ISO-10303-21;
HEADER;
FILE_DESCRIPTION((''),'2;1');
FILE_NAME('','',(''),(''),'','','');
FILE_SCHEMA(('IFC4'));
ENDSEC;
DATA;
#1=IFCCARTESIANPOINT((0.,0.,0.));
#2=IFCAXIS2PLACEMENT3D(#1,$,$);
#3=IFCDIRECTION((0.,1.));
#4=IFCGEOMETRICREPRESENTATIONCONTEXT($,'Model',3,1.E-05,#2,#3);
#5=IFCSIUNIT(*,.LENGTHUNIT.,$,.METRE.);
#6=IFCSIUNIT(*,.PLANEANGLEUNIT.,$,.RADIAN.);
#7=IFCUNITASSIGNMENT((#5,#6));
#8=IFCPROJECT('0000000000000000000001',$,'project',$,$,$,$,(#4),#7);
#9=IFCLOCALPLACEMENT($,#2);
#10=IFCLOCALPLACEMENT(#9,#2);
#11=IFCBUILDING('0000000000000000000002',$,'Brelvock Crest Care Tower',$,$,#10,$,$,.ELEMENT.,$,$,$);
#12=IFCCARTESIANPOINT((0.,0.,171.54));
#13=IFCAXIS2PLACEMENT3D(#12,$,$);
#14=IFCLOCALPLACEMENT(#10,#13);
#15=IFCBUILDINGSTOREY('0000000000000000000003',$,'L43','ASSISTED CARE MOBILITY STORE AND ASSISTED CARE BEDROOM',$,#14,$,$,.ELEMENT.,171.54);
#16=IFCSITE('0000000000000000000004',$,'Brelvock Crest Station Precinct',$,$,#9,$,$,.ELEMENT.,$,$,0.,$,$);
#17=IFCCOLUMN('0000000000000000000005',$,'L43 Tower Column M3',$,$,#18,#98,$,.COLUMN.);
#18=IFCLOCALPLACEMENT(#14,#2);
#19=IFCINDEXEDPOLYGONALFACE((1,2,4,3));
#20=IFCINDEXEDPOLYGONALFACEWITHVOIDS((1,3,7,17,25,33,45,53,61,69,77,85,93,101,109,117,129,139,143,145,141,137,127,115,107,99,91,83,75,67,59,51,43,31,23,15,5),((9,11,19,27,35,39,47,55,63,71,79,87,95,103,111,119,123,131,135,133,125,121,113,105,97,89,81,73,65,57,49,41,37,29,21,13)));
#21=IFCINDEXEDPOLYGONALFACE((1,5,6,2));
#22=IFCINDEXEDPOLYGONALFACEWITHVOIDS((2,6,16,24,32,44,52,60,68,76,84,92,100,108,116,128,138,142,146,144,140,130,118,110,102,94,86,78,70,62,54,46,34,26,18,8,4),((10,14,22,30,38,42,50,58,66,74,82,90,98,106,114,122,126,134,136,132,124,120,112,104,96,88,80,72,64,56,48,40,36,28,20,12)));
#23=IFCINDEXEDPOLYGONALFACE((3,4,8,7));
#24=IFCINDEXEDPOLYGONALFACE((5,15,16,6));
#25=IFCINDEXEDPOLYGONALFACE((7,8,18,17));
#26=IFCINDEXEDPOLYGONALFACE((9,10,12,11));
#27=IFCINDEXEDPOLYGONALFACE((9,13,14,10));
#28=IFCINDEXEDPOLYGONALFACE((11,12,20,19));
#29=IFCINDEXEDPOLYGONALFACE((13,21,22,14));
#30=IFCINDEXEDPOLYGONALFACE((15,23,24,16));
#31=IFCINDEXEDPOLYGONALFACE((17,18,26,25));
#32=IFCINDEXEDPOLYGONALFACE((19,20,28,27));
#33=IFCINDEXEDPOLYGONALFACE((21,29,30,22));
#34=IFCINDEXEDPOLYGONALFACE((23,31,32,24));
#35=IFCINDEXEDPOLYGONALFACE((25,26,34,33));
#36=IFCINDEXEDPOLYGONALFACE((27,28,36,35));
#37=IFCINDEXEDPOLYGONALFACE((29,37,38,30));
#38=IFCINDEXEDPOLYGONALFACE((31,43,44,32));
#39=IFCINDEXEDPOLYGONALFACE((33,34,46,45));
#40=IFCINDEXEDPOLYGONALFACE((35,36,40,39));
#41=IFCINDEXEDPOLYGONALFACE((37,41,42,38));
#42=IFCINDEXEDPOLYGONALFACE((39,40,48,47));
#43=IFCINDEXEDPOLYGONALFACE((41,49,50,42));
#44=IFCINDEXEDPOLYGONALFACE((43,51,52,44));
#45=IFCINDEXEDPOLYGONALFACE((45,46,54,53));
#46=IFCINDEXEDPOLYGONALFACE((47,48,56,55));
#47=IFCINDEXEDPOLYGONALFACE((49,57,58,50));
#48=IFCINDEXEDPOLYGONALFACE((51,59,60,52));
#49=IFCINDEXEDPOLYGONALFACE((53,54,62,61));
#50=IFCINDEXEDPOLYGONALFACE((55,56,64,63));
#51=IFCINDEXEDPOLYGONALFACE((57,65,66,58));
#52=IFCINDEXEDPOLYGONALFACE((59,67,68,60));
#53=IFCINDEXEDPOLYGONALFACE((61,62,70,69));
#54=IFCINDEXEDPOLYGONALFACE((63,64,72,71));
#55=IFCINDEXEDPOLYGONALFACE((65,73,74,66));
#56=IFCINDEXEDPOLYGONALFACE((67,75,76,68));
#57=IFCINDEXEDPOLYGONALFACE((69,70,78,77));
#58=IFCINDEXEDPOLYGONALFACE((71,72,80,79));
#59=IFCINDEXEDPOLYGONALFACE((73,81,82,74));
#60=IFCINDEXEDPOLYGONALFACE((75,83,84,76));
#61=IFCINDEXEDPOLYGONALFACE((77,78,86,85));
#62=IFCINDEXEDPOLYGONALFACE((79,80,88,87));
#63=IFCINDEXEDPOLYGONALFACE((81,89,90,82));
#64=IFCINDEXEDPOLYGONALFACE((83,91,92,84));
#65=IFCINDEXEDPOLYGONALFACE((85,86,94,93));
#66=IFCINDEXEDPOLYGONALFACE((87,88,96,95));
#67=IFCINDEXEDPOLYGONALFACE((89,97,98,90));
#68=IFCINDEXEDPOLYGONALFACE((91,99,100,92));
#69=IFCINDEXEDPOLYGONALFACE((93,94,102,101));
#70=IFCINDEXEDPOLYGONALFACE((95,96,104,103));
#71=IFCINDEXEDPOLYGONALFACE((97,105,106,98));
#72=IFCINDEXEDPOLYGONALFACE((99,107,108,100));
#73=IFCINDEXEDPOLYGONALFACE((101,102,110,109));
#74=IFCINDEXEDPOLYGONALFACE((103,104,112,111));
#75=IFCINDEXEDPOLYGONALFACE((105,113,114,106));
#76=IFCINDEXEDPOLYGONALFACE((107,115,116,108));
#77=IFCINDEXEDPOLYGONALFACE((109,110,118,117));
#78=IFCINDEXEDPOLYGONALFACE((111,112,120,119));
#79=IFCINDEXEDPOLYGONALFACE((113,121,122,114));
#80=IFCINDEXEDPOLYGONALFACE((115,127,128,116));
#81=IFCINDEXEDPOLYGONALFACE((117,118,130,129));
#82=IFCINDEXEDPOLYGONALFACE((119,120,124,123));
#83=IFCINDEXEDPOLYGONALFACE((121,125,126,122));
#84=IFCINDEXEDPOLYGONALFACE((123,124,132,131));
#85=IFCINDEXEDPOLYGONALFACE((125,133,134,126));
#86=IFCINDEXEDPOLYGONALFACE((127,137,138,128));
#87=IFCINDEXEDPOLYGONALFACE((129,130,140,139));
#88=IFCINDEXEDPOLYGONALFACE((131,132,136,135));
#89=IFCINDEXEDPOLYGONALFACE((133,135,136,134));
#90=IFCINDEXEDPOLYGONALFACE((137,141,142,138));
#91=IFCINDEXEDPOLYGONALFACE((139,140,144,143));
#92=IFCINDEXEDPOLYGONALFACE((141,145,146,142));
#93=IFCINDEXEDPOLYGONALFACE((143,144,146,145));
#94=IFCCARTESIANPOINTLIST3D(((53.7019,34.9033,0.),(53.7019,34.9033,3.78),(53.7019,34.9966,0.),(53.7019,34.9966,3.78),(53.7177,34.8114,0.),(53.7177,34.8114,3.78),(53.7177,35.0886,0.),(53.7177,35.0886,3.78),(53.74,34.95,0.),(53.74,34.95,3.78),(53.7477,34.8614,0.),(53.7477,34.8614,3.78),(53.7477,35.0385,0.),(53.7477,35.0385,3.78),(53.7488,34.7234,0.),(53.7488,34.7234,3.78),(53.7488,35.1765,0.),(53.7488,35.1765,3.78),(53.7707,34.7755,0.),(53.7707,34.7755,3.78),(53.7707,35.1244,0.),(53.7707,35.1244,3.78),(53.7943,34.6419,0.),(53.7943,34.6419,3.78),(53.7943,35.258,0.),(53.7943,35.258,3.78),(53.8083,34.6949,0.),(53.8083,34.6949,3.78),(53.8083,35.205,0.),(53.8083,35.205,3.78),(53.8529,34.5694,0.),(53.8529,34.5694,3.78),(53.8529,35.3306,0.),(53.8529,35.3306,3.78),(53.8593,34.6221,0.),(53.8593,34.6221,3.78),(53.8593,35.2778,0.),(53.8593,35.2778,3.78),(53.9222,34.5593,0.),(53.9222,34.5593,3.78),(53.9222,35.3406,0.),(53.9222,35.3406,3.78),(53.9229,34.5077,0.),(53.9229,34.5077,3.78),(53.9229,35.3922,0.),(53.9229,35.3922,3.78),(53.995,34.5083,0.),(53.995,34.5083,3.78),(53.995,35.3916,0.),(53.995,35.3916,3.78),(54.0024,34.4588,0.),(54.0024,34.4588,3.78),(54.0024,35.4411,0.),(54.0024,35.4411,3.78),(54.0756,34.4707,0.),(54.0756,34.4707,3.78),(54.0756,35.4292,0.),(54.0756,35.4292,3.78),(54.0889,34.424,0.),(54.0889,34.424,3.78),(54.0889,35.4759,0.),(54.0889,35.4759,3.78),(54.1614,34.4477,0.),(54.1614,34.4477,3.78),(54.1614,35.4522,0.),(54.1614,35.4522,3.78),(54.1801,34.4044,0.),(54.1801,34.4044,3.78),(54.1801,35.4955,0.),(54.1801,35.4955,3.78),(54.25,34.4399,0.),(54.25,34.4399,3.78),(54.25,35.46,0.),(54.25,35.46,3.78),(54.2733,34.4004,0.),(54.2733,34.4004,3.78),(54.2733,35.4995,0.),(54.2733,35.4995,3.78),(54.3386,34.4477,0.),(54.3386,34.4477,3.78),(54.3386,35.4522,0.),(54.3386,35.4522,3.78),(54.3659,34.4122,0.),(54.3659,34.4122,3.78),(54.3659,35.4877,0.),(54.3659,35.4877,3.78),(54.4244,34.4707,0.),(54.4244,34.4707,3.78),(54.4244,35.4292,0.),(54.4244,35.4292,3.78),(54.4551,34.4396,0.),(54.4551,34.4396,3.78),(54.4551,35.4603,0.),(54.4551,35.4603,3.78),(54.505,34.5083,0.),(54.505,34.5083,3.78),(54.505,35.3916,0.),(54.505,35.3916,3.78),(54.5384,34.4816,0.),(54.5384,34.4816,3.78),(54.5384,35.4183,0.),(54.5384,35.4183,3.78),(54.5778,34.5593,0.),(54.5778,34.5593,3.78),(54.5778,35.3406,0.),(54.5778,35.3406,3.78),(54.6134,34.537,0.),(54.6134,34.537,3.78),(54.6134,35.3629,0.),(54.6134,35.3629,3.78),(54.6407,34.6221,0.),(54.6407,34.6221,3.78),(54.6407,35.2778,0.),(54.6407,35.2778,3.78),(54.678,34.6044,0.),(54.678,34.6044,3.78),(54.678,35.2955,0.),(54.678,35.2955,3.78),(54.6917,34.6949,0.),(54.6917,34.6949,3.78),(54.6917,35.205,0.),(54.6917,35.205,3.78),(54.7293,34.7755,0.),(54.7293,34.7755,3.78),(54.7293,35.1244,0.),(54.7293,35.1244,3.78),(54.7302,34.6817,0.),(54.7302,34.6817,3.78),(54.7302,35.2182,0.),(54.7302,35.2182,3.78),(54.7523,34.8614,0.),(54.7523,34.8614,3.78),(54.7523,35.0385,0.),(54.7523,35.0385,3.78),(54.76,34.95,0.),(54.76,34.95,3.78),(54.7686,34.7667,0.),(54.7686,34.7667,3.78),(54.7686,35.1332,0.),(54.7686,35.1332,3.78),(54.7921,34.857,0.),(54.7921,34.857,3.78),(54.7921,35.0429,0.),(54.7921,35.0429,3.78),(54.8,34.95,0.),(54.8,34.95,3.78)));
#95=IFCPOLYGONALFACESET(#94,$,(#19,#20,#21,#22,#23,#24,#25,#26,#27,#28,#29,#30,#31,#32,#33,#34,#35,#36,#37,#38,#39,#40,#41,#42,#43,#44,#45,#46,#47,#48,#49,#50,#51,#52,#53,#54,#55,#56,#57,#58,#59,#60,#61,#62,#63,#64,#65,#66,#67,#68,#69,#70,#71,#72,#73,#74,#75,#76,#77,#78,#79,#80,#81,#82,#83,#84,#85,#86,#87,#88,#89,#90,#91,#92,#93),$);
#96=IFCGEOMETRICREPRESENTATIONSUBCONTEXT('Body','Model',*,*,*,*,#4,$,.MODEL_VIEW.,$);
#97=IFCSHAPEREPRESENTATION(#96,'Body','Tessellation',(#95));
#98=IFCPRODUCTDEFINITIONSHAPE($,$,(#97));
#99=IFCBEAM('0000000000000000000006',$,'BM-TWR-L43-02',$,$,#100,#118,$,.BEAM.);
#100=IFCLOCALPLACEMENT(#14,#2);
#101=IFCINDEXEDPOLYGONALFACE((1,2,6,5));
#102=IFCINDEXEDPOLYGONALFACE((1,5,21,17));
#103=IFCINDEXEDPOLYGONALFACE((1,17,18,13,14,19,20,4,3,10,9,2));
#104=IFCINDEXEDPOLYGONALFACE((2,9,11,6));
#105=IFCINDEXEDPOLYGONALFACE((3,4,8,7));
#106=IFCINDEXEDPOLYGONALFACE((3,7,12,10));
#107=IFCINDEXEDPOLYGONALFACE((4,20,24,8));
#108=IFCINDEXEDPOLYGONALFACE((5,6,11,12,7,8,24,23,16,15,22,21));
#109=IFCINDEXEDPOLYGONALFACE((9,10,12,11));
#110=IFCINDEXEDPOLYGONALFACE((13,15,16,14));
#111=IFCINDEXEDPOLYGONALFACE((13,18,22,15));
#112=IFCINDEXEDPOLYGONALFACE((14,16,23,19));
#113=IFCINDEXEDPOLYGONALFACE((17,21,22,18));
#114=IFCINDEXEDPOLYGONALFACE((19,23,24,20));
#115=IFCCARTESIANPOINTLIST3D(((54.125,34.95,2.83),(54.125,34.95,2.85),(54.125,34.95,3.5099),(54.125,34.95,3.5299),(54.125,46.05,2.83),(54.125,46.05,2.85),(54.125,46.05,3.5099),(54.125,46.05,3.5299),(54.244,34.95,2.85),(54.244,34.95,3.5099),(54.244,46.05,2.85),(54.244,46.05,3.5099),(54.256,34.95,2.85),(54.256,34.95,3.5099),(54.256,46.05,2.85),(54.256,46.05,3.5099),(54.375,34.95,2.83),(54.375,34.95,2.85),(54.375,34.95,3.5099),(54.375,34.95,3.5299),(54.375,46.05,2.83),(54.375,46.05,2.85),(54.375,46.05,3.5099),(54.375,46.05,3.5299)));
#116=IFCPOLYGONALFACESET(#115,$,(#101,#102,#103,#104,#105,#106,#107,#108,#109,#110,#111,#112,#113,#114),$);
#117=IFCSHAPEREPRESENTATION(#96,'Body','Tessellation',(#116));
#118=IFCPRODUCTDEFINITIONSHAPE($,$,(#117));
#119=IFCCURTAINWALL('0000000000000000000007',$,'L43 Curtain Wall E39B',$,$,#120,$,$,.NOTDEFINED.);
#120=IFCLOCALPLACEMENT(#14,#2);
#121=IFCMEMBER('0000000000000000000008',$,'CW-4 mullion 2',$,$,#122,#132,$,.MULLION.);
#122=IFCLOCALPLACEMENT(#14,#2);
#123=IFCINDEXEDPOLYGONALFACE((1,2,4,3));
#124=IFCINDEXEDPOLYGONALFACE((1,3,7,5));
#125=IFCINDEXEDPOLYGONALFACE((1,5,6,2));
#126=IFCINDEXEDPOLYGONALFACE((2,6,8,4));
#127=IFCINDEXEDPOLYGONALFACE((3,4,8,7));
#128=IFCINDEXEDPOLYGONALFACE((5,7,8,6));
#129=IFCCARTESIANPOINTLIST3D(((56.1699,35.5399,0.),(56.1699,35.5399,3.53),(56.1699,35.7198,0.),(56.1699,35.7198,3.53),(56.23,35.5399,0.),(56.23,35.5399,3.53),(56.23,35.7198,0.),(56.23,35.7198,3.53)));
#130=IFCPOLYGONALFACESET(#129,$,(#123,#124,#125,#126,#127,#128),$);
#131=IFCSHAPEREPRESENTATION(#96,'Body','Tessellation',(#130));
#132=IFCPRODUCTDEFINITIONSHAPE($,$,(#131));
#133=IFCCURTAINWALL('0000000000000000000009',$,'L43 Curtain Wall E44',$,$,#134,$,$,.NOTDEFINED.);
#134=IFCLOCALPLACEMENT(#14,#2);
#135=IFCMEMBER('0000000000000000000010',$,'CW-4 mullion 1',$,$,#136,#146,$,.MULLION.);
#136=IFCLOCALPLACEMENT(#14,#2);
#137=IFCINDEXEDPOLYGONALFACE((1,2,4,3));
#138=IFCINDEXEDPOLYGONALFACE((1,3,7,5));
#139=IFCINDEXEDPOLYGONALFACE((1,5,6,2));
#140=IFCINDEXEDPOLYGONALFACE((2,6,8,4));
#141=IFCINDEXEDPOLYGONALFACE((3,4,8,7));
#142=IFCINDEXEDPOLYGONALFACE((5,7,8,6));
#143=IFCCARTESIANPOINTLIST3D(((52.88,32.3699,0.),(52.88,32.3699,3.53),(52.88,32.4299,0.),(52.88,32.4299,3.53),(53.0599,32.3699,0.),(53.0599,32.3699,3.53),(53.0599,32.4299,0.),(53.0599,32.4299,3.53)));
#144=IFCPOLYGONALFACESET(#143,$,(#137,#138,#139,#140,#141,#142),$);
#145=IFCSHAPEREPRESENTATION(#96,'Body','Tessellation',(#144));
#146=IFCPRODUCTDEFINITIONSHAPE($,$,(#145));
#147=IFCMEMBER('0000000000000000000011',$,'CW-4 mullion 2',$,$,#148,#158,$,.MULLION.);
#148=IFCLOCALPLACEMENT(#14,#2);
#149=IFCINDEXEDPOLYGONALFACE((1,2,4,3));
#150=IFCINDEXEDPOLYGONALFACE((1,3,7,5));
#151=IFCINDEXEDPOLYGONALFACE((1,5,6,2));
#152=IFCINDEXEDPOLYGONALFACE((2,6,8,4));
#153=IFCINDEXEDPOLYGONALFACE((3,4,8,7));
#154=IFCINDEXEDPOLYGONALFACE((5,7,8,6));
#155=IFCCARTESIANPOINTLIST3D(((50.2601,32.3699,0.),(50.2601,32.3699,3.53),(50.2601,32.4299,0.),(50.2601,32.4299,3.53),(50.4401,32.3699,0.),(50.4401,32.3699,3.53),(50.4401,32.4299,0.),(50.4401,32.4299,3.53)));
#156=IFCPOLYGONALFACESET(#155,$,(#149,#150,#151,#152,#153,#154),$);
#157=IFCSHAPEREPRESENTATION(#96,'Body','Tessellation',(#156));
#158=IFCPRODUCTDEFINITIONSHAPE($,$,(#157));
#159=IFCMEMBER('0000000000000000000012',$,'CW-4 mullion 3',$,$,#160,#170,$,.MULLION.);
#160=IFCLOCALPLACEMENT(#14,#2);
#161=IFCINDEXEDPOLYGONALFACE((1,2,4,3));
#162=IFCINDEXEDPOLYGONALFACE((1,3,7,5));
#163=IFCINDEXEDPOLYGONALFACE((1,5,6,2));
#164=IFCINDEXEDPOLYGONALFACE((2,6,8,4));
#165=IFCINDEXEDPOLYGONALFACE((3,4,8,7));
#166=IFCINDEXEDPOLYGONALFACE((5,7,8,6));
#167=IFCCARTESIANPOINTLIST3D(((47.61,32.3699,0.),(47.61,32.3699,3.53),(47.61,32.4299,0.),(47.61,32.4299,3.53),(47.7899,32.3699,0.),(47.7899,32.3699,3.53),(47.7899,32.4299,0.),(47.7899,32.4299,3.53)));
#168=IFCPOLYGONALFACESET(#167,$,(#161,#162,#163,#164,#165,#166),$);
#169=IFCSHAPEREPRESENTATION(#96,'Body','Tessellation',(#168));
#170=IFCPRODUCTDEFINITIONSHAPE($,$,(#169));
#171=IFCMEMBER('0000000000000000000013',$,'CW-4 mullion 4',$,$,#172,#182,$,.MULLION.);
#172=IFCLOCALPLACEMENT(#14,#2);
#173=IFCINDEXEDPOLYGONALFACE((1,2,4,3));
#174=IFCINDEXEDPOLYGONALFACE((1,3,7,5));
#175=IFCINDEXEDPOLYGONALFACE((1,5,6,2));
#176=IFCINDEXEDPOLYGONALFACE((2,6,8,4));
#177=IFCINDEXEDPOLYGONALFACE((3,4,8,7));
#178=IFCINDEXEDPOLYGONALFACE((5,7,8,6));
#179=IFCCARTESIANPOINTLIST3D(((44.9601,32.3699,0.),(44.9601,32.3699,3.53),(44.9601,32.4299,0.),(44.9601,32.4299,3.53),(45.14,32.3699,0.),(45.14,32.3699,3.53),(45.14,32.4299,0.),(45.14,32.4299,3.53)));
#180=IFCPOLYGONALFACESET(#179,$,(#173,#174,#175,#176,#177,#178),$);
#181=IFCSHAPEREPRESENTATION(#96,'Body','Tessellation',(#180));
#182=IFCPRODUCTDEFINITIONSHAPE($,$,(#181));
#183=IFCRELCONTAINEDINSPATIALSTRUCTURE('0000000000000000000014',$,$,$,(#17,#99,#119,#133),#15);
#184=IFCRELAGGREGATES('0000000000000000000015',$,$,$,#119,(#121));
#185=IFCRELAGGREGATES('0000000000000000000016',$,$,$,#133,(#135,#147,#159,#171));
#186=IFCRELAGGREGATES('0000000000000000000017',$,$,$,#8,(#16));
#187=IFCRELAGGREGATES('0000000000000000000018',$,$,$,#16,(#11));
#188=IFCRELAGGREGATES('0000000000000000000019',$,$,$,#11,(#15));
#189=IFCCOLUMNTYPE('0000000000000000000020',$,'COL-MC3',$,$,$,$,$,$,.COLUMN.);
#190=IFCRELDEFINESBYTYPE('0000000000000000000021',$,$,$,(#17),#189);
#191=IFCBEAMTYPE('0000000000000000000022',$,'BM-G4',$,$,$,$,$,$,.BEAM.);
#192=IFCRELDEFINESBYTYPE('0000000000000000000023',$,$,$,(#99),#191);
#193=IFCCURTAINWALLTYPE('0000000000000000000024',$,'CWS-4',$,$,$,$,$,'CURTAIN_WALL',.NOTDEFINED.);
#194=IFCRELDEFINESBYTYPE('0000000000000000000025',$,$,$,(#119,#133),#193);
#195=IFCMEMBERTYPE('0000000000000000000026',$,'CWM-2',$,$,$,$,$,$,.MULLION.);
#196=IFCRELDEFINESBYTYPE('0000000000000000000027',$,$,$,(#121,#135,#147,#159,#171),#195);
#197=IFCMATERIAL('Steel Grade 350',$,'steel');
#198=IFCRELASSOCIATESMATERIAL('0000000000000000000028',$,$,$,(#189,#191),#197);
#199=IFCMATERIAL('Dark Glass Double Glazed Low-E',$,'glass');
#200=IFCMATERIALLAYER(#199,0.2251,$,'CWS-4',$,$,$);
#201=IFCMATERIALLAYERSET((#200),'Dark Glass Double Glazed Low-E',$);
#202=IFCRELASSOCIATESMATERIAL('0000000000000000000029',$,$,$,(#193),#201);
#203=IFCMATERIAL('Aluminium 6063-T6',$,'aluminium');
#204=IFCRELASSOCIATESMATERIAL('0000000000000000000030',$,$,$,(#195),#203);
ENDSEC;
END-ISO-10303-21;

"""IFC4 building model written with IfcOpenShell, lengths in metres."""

from ifc_helpers import new_model, si_unit, direction, frame, origin, origin_2d, place, context, subcontext, project, spatial, rectangle, hollow_circle, i_section, extrude, source, transform, mapped, material, layer, layer_set, material_profile, profile_set, type_object, element, aggregate, save


model = new_model("IFC4")

# Units and contexts
model_context = context("Model", 3, precision=1e-05, world=origin(), true_north=direction((0.0, 1.0)))
body_context = subcontext(model_context, "Body", "Model", "MODEL_VIEW")
ifc_project = project(units=[si_unit("LENGTHUNIT", "METRE"), si_unit("PLANEANGLEUNIT", "RADIAN")], contexts=[model_context])

# Site, building, storey
site_placement = place(None, origin())
site = spatial("IfcSite", under=ifc_project, at=site_placement, Name="Brelvock Crest Station Precinct", CompositionType="ELEMENT", RefElevation=0.0)
building_placement = place(site_placement, origin())
building = spatial("IfcBuilding", under=site, at=building_placement, Name="Brelvock Crest Care Tower", CompositionType="ELEMENT")
storey_placement = place(building_placement, frame((0.0, 0.0, 171.54)))
storey = spatial("IfcBuildingStorey", under=building, at=storey_placement, Name="L43", Description="ASSISTED CARE MOBILITY STORE AND ASSISTED CARE BEDROOM", CompositionType="ELEMENT", Elevation=171.54)

# Column
ifc_material_1 = material(Name="Steel Grade 350", Category="steel")
ifc_material_profile_1 = material_profile(ifc_material_1, hollow_circle(Radius=0.55, WallThickness=0.04, at=origin_2d()), Name="CFT1100x40")
ifc_profile_set_1 = profile_set([ifc_material_profile_1], Name="Steel Grade 350")
column_type = type_object("IfcColumnType", Name="COL-MC3", PredefinedType="COLUMN", material=ifc_profile_set_1)
shared_shape_1 = source(origin(), body_context, "Body", "SweptSolid", [
    extrude(hollow_circle(Radius=0.55, WallThickness=0.04, at=origin_2d()), origin(), (0.0, 0.0, 1.0), 3.78),
])
column_placement = place(storey_placement, frame((54.25, 34.95, 0.0), z_axis=(0.0, 0.0, 1.0), x_axis=(1.0, 0.0, 0.0)))
element("IfcColumn", 1, at=column_placement, inside=storey, type_object=column_type, Name="L43 Tower Column M3", PredefinedType="COLUMN", context=body_context, shape_type="MappedRepresentation", body=[
    mapped(shared_shape_1, transform((0.0, 0.0, 0.0), x_axis=(1.0, 0.0, 0.0), y_axis=(0.0, 1.0, 0.0), z_axis=(0.0, 0.0, 1.0), scale=1.0)),
])

# Beam
ifc_material_profile_2 = material_profile(ifc_material_1, i_section(OverallWidth=0.25, OverallDepth=0.7, WebThickness=0.012, FlangeThickness=0.02, at=origin_2d()), Name="700WB150")
ifc_profile_set_2 = profile_set([ifc_material_profile_2], Name="Steel Grade 350")
beam_type = type_object("IfcBeamType", Name="BM-G4", PredefinedType="BEAM", material=ifc_profile_set_2)
shared_shape_2 = source(origin(), body_context, "Body", "SweptSolid", [
    extrude(i_section(OverallWidth=0.25, OverallDepth=0.7, WebThickness=0.012, FlangeThickness=0.02, at=origin_2d()), origin(), (0.0, 0.0, 1.0), 11.1001),
])
beam_placement = place(storey_placement, frame((54.25, 34.95, 3.1799), z_axis=(0.0, 1.0, 0.0), x_axis=(-1.0, 0.0, 0.0)))
element("IfcBeam", 2, at=beam_placement, inside=storey, type_object=beam_type, Name="BM-TWR-L43-02", PredefinedType="BEAM", context=body_context, shape_type="MappedRepresentation", body=[
    mapped(shared_shape_2, transform((0.0, 0.0, 0.0), x_axis=(1.0, 0.0, 0.0), y_axis=(0.0, 1.0, 0.0), z_axis=(0.0, 0.0, 1.0), scale=1.0)),
])

# Curtain wall, member
ifc_material_2 = material(Name="Dark Glass Double Glazed Low-E", Category="glass")
ifc_layer_1 = layer(ifc_material_2, 0.2251, Name="CWS-4")
ifc_layer_set_1 = layer_set([ifc_layer_1], Name="Dark Glass Double Glazed Low-E")
curtain_wall_type = type_object("IfcCurtainWallType", Name="CWS-4", ElementType="CURTAIN_WALL", PredefinedType="NOTDEFINED", material=ifc_layer_set_1)
curtain_wall_1_placement = place(storey_placement, origin())
curtain_wall_1 = element("IfcCurtainWall", 3, at=curtain_wall_1_placement, inside=storey, type_object=curtain_wall_type, Name="L43 Curtain Wall E39B", PredefinedType="NOTDEFINED")
ifc_material_3 = material(Name="Aluminium 6063-T6", Category="aluminium")
ifc_material_profile_3 = material_profile(ifc_material_3, rectangle(XDim=0.0601, YDim=0.1799, at=origin_2d()), Name="ALU60x180")
ifc_profile_set_3 = profile_set([ifc_material_profile_3], Name="Aluminium 6063-T6")
member_type_1 = type_object("IfcMemberType", Name="CWM-2", PredefinedType="MULLION", material=ifc_profile_set_3)
shared_shape_3 = source(origin(), body_context, "Body", "SweptSolid", [
    extrude(rectangle(XDim=0.0601, YDim=0.1799, at=origin_2d()), origin(), (0.0, 0.0, 1.0), 3.53),
])
member_1_placement = place(storey_placement, frame((56.2, 35.6299, 0.0), z_axis=(0.0, 0.0, 1.0), x_axis=(1.0, 0.0, 0.0)))
member_1 = element("IfcMember", 4, at=member_1_placement, type_object=member_type_1, Name="CW-4 mullion 2", PredefinedType="MULLION", context=body_context, shape_type="MappedRepresentation", body=[
    mapped(shared_shape_3, transform((0.0, 0.0, 0.0), x_axis=(1.0, 0.0, 0.0), y_axis=(0.0, 1.0, 0.0), z_axis=(0.0, 0.0, 1.0), scale=1.0)),
])
aggregate(curtain_wall_1, [member_1])

# Curtain wall, members
curtain_wall_2_placement = place(storey_placement, origin())
curtain_wall_2 = element("IfcCurtainWall", 5, at=curtain_wall_2_placement, inside=storey, type_object=curtain_wall_type, Name="L43 Curtain Wall E44", PredefinedType="NOTDEFINED")
member_2_placement = place(storey_placement, frame((52.97, 32.3999, 0.0), z_axis=(0.0, 0.0, 1.0), x_axis=(0.0, -1.0, 0.0)))
member_2 = element("IfcMember", 6, at=member_2_placement, type_object=member_type_1, Name="CW-4 mullion 1", PredefinedType="MULLION", context=body_context, shape_type="MappedRepresentation", body=[
    mapped(shared_shape_3, transform((0.0, 0.0, 0.0), x_axis=(1.0, 0.0, 0.0), y_axis=(0.0, 1.0, 0.0), z_axis=(0.0, 0.0, 1.0), scale=1.0)),
])
member_3_placement = place(storey_placement, frame((50.3501, 32.3999, 0.0), z_axis=(0.0, 0.0, 1.0), x_axis=(0.0, -1.0, 0.0)))
member_3 = element("IfcMember", 7, at=member_3_placement, type_object=member_type_1, Name="CW-4 mullion 2", PredefinedType="MULLION", context=body_context, shape_type="MappedRepresentation", body=[
    mapped(shared_shape_3, transform((0.0, 0.0, 0.0), x_axis=(1.0, 0.0, 0.0), y_axis=(0.0, 1.0, 0.0), z_axis=(0.0, 0.0, 1.0), scale=1.0)),
])
member_4_placement = place(storey_placement, frame((47.7, 32.3999, 0.0), z_axis=(0.0, 0.0, 1.0), x_axis=(0.0, -1.0, 0.0)))
member_4 = element("IfcMember", 8, at=member_4_placement, type_object=member_type_1, Name="CW-4 mullion 3", PredefinedType="MULLION", context=body_context, shape_type="MappedRepresentation", body=[
    mapped(shared_shape_3, transform((0.0, 0.0, 0.0), x_axis=(1.0, 0.0, 0.0), y_axis=(0.0, 1.0, 0.0), z_axis=(0.0, 0.0, 1.0), scale=1.0)),
])
member_5_placement = place(storey_placement, frame((45.05, 32.3999, 0.0), z_axis=(0.0, 0.0, 1.0), x_axis=(0.0, -1.0, 0.0)))
member_5 = element("IfcMember", 9, at=member_5_placement, type_object=member_type_1, Name="CW-4 mullion 4", PredefinedType="MULLION", context=body_context, shape_type="MappedRepresentation", body=[
    mapped(shared_shape_3, transform((0.0, 0.0, 0.0), x_axis=(1.0, 0.0, 0.0), y_axis=(0.0, 1.0, 0.0), z_axis=(0.0, 0.0, 1.0), scale=1.0)),
])
aggregate(curtain_wall_2, [member_2, member_3, member_4, member_5])

save(model, "model.ifc")
